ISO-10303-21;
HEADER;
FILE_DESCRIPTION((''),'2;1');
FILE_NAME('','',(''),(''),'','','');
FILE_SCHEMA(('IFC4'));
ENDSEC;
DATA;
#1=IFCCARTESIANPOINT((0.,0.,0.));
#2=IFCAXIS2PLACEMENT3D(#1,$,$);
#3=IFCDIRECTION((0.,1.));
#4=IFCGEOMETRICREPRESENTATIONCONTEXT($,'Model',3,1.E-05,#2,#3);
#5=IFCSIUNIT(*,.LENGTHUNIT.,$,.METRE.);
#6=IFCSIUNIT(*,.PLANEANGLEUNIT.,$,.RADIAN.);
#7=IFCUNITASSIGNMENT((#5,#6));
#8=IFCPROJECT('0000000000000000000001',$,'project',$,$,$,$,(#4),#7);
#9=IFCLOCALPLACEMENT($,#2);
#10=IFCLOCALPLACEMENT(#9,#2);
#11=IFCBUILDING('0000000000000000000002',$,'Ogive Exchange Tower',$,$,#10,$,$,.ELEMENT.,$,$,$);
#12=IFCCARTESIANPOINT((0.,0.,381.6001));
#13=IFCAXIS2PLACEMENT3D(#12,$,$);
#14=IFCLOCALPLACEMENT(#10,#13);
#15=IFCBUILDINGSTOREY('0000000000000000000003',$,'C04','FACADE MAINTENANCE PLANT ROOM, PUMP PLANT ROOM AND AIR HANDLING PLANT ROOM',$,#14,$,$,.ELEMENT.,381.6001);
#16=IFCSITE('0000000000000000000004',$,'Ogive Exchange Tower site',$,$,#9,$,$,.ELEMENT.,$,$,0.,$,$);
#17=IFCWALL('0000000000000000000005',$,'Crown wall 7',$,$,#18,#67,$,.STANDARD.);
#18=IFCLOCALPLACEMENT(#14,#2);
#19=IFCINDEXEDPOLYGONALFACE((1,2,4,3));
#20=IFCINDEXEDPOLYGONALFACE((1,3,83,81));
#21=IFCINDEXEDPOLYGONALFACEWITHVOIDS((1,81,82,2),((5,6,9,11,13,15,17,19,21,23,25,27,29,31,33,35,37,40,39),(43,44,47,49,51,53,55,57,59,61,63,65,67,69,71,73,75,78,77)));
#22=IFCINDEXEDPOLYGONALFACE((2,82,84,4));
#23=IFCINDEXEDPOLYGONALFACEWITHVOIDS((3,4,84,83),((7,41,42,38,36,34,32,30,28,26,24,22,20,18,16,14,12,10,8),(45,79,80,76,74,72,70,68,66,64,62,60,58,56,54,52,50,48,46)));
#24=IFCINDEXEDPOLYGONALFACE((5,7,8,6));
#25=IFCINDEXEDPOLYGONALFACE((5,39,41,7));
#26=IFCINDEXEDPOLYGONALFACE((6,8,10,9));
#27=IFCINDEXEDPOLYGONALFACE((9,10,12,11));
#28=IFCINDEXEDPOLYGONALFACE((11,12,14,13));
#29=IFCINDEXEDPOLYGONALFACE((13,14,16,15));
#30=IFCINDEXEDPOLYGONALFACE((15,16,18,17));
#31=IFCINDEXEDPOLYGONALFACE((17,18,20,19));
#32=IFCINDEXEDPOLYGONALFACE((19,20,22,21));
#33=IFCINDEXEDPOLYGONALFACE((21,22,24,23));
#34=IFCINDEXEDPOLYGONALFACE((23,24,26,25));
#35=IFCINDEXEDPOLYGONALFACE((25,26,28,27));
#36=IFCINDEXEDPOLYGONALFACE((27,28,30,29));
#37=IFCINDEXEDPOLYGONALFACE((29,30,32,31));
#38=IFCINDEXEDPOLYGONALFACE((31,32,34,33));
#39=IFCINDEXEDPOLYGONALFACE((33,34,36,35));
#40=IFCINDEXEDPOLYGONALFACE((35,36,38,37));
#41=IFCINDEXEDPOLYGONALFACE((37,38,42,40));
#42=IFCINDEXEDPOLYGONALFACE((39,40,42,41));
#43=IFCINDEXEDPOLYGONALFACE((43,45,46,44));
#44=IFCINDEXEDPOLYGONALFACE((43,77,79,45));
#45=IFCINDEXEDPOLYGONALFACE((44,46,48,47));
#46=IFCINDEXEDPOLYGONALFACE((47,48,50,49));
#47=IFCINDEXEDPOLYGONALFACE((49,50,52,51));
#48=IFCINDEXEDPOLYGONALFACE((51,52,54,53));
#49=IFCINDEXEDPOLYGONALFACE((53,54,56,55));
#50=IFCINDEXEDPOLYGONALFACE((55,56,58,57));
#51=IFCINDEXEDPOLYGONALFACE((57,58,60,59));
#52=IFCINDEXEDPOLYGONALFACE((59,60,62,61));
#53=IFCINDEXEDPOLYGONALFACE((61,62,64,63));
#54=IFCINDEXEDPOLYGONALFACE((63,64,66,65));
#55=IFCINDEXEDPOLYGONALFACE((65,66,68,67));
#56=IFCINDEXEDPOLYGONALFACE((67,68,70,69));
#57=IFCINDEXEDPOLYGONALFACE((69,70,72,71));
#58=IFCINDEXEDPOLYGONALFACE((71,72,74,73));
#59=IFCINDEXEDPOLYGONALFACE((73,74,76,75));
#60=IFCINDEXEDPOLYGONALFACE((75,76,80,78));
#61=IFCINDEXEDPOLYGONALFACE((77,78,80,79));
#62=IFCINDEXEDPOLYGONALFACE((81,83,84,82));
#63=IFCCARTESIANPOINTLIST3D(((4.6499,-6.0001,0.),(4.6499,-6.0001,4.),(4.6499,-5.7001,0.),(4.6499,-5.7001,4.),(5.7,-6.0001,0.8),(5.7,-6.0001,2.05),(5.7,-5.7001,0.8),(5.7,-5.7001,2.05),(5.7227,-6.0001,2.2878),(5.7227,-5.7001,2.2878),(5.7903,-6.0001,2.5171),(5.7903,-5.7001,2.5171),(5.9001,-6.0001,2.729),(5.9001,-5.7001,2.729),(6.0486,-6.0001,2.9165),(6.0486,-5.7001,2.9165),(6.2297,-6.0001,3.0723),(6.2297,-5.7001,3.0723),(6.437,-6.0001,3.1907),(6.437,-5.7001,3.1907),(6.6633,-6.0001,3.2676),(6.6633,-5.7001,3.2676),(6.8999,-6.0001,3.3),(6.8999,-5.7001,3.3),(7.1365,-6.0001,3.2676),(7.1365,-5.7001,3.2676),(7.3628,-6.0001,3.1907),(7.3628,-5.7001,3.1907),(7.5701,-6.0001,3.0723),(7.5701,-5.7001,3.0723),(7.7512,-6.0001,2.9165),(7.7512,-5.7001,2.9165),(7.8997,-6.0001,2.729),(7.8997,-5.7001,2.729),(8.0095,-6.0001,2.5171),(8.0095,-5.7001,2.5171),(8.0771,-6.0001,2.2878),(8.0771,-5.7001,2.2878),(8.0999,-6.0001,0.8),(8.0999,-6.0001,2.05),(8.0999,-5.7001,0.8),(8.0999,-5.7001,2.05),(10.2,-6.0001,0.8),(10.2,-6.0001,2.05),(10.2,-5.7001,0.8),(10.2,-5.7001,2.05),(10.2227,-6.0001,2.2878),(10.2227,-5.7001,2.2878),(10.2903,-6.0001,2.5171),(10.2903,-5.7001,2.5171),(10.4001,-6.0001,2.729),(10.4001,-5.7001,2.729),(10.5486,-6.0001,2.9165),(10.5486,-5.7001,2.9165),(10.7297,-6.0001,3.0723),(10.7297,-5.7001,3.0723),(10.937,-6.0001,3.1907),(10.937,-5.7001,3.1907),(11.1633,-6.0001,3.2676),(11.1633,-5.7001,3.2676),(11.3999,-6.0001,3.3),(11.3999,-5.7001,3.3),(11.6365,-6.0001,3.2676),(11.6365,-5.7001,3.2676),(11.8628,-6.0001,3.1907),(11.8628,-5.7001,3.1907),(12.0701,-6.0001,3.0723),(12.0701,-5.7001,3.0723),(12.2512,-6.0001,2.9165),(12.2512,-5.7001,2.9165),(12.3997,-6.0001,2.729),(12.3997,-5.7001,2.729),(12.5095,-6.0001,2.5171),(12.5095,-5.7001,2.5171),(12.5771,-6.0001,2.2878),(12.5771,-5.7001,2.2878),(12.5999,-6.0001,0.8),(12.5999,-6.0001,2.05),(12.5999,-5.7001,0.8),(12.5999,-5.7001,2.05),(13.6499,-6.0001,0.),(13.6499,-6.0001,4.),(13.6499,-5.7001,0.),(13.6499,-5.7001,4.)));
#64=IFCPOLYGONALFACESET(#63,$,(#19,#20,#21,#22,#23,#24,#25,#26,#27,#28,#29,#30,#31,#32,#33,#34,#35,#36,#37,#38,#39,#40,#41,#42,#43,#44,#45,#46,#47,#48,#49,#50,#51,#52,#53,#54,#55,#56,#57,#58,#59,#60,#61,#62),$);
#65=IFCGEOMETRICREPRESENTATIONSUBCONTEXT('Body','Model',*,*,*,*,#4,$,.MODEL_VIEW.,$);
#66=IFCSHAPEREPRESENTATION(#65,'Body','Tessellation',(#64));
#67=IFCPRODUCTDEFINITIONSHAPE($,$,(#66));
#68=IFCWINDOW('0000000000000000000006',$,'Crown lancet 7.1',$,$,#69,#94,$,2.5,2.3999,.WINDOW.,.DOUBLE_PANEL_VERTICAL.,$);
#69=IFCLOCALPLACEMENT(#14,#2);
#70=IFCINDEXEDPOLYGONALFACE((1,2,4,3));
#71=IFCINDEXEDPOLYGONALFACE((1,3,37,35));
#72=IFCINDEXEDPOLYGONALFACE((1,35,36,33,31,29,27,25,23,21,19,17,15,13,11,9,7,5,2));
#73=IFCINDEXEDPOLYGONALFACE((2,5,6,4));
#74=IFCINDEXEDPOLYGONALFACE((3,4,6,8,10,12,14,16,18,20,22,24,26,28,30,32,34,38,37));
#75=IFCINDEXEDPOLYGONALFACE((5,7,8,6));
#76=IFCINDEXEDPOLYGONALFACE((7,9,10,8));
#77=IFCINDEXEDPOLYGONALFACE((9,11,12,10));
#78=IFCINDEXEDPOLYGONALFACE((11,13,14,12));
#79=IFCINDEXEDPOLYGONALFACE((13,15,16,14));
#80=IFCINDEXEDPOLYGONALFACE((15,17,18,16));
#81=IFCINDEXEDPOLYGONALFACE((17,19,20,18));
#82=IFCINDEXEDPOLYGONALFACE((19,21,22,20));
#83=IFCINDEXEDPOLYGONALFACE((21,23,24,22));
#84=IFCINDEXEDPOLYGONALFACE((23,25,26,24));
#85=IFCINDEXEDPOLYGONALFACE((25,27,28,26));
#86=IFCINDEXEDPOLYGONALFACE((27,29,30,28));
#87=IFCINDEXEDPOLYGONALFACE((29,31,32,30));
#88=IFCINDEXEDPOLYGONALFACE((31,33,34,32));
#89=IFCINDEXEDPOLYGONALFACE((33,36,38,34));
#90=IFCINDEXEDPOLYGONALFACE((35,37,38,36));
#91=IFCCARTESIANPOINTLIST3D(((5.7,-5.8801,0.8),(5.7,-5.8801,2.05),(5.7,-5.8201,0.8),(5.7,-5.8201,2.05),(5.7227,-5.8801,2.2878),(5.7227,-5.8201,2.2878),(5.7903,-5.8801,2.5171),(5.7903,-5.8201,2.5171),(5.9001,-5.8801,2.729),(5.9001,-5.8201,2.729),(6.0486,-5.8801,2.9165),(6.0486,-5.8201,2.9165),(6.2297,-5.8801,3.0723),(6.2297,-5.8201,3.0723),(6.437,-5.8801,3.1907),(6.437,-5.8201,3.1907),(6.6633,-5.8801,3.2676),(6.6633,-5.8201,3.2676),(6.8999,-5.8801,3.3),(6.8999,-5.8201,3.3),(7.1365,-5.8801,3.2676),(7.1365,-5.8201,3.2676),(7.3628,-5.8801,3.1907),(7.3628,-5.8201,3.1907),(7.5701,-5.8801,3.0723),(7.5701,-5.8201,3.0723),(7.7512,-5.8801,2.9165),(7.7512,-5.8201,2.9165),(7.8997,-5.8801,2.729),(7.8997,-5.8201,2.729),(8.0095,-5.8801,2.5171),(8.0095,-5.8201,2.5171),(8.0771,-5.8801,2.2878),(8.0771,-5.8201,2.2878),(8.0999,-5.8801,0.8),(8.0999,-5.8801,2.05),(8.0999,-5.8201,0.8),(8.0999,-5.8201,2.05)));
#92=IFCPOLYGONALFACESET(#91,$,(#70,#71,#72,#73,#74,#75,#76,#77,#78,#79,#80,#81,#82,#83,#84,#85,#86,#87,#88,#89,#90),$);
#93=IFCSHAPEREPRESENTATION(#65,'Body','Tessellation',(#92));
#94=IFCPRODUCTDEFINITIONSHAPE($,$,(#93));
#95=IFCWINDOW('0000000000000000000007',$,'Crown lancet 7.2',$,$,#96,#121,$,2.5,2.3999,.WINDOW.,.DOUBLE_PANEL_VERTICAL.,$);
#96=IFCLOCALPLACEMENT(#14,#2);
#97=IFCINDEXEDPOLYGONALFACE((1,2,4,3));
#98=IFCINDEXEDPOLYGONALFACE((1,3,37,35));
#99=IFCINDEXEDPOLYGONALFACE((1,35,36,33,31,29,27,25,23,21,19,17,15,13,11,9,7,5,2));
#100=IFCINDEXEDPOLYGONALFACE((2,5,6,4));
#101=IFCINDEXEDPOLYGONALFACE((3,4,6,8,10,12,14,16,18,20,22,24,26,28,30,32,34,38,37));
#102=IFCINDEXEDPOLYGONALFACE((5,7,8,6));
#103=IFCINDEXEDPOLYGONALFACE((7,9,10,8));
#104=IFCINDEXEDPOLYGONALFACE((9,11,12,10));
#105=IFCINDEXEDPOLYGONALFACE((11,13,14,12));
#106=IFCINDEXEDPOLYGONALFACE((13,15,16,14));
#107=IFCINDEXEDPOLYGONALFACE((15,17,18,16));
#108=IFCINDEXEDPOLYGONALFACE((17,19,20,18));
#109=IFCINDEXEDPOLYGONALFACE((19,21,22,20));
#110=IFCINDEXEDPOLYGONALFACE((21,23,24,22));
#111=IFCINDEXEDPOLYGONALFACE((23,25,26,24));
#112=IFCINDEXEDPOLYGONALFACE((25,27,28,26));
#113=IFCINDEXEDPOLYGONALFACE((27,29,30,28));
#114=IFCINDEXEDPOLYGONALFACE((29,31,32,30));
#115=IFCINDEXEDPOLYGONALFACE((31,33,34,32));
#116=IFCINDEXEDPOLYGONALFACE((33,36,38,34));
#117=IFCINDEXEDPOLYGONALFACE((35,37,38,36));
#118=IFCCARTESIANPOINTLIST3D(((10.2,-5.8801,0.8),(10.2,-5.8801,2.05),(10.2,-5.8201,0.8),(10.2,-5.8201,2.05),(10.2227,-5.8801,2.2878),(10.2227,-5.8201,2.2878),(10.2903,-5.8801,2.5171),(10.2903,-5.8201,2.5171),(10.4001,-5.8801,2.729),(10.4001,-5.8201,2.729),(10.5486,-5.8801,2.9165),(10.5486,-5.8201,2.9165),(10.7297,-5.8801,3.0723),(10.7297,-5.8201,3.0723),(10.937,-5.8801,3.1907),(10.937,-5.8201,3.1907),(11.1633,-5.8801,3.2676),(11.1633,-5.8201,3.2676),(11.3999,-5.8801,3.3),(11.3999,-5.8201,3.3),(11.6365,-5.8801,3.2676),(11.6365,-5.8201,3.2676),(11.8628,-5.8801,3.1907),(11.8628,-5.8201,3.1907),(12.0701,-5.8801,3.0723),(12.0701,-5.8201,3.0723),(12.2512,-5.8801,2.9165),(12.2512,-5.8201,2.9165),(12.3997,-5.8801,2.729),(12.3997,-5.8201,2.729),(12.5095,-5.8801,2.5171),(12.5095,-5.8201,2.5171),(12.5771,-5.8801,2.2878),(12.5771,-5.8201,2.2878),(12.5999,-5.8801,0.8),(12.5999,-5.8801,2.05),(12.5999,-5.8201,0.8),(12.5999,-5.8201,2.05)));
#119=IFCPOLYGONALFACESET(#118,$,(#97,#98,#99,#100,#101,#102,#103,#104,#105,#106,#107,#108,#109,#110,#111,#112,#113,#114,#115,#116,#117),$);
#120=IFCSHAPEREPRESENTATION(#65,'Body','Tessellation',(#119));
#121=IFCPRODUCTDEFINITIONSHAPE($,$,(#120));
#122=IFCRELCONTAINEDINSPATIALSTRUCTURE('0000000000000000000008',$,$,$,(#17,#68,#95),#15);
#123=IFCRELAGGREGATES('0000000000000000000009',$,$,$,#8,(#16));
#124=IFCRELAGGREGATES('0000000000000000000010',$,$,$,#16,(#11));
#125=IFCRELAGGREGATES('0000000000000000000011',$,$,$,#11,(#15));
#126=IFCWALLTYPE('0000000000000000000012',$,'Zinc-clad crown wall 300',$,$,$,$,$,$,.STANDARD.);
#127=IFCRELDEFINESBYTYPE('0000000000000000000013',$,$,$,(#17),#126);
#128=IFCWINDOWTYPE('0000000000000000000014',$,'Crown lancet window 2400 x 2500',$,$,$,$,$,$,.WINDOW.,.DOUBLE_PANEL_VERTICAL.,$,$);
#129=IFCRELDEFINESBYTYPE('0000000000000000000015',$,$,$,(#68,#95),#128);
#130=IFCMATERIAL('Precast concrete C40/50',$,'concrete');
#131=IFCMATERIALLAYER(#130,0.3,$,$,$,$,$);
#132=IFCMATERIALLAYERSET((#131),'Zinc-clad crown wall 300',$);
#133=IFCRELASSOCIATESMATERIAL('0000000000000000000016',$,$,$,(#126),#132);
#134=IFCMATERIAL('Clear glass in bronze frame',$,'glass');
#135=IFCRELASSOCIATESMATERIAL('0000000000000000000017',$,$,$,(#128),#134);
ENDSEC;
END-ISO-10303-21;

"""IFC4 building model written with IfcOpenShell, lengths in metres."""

from ifc_helpers import new_model, si_unit, direction, frame, frame_2d, origin, place, context, subcontext, project, spatial, polyline, rectangle, outline, extrude, material, layer, layer_set, type_object, element, fill, save


model = new_model("IFC4")

# Units and contexts
model_context = context("Model", 3, precision=1e-05, world=origin(), true_north=direction((0.0, 1.0)))
body_context = subcontext(model_context, "Body", "Model", "MODEL_VIEW")
ifc_project = project(units=[si_unit("LENGTHUNIT", "METRE"), si_unit("PLANEANGLEUNIT", "RADIAN")], contexts=[model_context])

# Site, building, storey
site_placement = place(None, origin())
site = spatial("IfcSite", under=ifc_project, at=site_placement, Name="Ogive Exchange Tower site", CompositionType="ELEMENT", RefElevation=0.0)
building_placement = place(site_placement, origin())
building = spatial("IfcBuilding", under=site, at=building_placement, Name="Ogive Exchange Tower", CompositionType="ELEMENT")
storey_placement = place(building_placement, frame((0.0, 0.0, 381.6001)))
storey = spatial("IfcBuildingStorey", under=building, at=storey_placement, Name="C04", Description="FACADE MAINTENANCE PLANT ROOM, PUMP PLANT ROOM AND AIR HANDLING PLANT ROOM", CompositionType="ELEMENT", Elevation=381.6001)

# Wall, openings, windows
ifc_material_1 = material(Name="Precast concrete C40/50", Category="concrete")
ifc_layer_1 = layer(ifc_material_1, 0.3)
ifc_layer_set_1 = layer_set([ifc_layer_1], Name="Zinc-clad crown wall 300")
wall_type_1 = type_object("IfcWallType", Name="Zinc-clad crown wall 300", PredefinedType="STANDARD", material=ifc_layer_set_1)
wall_1_placement = place(storey_placement, frame((4.6499, -5.8501, 0.0), z_axis=(0.0, 0.0, 1.0), x_axis=(1.0, 0.0, 0.0)))
wall_1 = element("IfcWall", 1, at=wall_1_placement, inside=storey, type_object=wall_type_1, Name="Crown wall 7", PredefinedType="STANDARD", context=body_context, shape_type="SweptSolid", body=[
    extrude(rectangle(XDim=9.0, YDim=0.3, at=frame_2d((4.5, 0.0))), origin(), (0.0, 0.0, 1.0), 4.0),
])
opening_1_placement = place(wall_1_placement, frame((1.05, 0.0, 0.8)))
opening_1 = element("IfcOpeningElement", 2, at=opening_1_placement, cuts=wall_1, PredefinedType="OPENING", context=body_context, shape_type="SweptSolid", body=[
    extrude(outline(polyline([(0.0, 0.0), (2.3999, 0.0), (2.3999, 1.25), (2.3772, 1.4878), (2.3096, 1.717), (2.1997, 1.929), (2.0513, 2.1165), (1.8701, 2.2722), (1.6628, 2.3906), (1.4365, 2.4675), (1.2, 2.5), (0.9634, 2.4675), (0.7371, 2.3906), (0.5298, 2.2722), (0.3486, 2.1165), (0.2002, 1.929), (0.0903, 1.717), (0.0227, 1.4878), (0.0, 1.25), (0.0, 0.0)])), frame((0.0, 0.1599, 0.0), z_axis=(0.0, -1.0, 0.0), x_axis=(1.0, 0.0, 0.0)), (0.0, 0.0, 1.0), 0.3201),
])
opening_2_placement = place(wall_1_placement, frame((5.55, 0.0, 0.8)))
opening_2 = element("IfcOpeningElement", 3, at=opening_2_placement, cuts=wall_1, PredefinedType="OPENING", context=body_context, shape_type="SweptSolid", body=[
    extrude(outline(polyline([(0.0, 0.0), (2.3999, 0.0), (2.3999, 1.25), (2.3772, 1.4878), (2.3096, 1.717), (2.1997, 1.929), (2.0513, 2.1165), (1.8701, 2.2722), (1.6628, 2.3906), (1.4365, 2.4675), (1.2, 2.5), (0.9634, 2.4675), (0.7371, 2.3906), (0.5298, 2.2722), (0.3486, 2.1165), (0.2002, 1.929), (0.0903, 1.717), (0.0227, 1.4878), (0.0, 1.25), (0.0, 0.0)])), frame((0.0, 0.1599, 0.0), z_axis=(0.0, -1.0, 0.0), x_axis=(1.0, 0.0, 0.0)), (0.0, 0.0, 1.0), 0.3201),
])
ifc_material_2 = material(Name="Clear glass in bronze frame", Category="glass")
window_type = type_object("IfcWindowType", Name="Crown lancet window 2400 x 2500", PartitioningType="DOUBLE_PANEL_VERTICAL", PredefinedType="WINDOW", material=ifc_material_2)
window_1_placement = place(opening_1_placement, origin())
window_1 = element("IfcWindow", 4, at=window_1_placement, inside=storey, type_object=window_type, Name="Crown lancet 7.1", OverallHeight=2.5, OverallWidth=2.3999, PartitioningType="DOUBLE_PANEL_VERTICAL", PredefinedType="WINDOW", context=body_context, shape_type="SweptSolid", body=[
    extrude(outline(polyline([(0.0, 0.0), (2.3999, 0.0), (2.3999, 1.25), (2.3772, 1.4878), (2.3096, 1.717), (2.1997, 1.929), (2.0513, 2.1165), (1.8701, 2.2722), (1.6628, 2.3906), (1.4365, 2.4675), (1.2, 2.5), (0.9634, 2.4675), (0.7371, 2.3906), (0.5298, 2.2722), (0.3486, 2.1165), (0.2002, 1.929), (0.0903, 1.717), (0.0227, 1.4878), (0.0, 1.25), (0.0, 0.0)])), frame((0.0, 0.03, 0.0), z_axis=(0.0, -1.0, 0.0), x_axis=(1.0, 0.0, 0.0)), (0.0, 0.0, 1.0), 0.0601),
])
fill(opening_1, window_1)
window_2_placement = place(opening_2_placement, origin())
window_2 = element("IfcWindow", 5, at=window_2_placement, inside=storey, type_object=window_type, Name="Crown lancet 7.2", OverallHeight=2.5, OverallWidth=2.3999, PartitioningType="DOUBLE_PANEL_VERTICAL", PredefinedType="WINDOW", context=body_context, shape_type="SweptSolid", body=[
    extrude(outline(polyline([(0.0, 0.0), (2.3999, 0.0), (2.3999, 1.25), (2.3772, 1.4878), (2.3096, 1.717), (2.1997, 1.929), (2.0513, 2.1165), (1.8701, 2.2722), (1.6628, 2.3906), (1.4365, 2.4675), (1.2, 2.5), (0.9634, 2.4675), (0.7371, 2.3906), (0.5298, 2.2722), (0.3486, 2.1165), (0.2002, 1.929), (0.0903, 1.717), (0.0227, 1.4878), (0.0, 1.25), (0.0, 0.0)])), frame((0.0, 0.03, 0.0), z_axis=(0.0, -1.0, 0.0), x_axis=(1.0, 0.0, 0.0)), (0.0, 0.0, 1.0), 0.0601),
])
fill(opening_2, window_2)

save(model, "model.ifc")
